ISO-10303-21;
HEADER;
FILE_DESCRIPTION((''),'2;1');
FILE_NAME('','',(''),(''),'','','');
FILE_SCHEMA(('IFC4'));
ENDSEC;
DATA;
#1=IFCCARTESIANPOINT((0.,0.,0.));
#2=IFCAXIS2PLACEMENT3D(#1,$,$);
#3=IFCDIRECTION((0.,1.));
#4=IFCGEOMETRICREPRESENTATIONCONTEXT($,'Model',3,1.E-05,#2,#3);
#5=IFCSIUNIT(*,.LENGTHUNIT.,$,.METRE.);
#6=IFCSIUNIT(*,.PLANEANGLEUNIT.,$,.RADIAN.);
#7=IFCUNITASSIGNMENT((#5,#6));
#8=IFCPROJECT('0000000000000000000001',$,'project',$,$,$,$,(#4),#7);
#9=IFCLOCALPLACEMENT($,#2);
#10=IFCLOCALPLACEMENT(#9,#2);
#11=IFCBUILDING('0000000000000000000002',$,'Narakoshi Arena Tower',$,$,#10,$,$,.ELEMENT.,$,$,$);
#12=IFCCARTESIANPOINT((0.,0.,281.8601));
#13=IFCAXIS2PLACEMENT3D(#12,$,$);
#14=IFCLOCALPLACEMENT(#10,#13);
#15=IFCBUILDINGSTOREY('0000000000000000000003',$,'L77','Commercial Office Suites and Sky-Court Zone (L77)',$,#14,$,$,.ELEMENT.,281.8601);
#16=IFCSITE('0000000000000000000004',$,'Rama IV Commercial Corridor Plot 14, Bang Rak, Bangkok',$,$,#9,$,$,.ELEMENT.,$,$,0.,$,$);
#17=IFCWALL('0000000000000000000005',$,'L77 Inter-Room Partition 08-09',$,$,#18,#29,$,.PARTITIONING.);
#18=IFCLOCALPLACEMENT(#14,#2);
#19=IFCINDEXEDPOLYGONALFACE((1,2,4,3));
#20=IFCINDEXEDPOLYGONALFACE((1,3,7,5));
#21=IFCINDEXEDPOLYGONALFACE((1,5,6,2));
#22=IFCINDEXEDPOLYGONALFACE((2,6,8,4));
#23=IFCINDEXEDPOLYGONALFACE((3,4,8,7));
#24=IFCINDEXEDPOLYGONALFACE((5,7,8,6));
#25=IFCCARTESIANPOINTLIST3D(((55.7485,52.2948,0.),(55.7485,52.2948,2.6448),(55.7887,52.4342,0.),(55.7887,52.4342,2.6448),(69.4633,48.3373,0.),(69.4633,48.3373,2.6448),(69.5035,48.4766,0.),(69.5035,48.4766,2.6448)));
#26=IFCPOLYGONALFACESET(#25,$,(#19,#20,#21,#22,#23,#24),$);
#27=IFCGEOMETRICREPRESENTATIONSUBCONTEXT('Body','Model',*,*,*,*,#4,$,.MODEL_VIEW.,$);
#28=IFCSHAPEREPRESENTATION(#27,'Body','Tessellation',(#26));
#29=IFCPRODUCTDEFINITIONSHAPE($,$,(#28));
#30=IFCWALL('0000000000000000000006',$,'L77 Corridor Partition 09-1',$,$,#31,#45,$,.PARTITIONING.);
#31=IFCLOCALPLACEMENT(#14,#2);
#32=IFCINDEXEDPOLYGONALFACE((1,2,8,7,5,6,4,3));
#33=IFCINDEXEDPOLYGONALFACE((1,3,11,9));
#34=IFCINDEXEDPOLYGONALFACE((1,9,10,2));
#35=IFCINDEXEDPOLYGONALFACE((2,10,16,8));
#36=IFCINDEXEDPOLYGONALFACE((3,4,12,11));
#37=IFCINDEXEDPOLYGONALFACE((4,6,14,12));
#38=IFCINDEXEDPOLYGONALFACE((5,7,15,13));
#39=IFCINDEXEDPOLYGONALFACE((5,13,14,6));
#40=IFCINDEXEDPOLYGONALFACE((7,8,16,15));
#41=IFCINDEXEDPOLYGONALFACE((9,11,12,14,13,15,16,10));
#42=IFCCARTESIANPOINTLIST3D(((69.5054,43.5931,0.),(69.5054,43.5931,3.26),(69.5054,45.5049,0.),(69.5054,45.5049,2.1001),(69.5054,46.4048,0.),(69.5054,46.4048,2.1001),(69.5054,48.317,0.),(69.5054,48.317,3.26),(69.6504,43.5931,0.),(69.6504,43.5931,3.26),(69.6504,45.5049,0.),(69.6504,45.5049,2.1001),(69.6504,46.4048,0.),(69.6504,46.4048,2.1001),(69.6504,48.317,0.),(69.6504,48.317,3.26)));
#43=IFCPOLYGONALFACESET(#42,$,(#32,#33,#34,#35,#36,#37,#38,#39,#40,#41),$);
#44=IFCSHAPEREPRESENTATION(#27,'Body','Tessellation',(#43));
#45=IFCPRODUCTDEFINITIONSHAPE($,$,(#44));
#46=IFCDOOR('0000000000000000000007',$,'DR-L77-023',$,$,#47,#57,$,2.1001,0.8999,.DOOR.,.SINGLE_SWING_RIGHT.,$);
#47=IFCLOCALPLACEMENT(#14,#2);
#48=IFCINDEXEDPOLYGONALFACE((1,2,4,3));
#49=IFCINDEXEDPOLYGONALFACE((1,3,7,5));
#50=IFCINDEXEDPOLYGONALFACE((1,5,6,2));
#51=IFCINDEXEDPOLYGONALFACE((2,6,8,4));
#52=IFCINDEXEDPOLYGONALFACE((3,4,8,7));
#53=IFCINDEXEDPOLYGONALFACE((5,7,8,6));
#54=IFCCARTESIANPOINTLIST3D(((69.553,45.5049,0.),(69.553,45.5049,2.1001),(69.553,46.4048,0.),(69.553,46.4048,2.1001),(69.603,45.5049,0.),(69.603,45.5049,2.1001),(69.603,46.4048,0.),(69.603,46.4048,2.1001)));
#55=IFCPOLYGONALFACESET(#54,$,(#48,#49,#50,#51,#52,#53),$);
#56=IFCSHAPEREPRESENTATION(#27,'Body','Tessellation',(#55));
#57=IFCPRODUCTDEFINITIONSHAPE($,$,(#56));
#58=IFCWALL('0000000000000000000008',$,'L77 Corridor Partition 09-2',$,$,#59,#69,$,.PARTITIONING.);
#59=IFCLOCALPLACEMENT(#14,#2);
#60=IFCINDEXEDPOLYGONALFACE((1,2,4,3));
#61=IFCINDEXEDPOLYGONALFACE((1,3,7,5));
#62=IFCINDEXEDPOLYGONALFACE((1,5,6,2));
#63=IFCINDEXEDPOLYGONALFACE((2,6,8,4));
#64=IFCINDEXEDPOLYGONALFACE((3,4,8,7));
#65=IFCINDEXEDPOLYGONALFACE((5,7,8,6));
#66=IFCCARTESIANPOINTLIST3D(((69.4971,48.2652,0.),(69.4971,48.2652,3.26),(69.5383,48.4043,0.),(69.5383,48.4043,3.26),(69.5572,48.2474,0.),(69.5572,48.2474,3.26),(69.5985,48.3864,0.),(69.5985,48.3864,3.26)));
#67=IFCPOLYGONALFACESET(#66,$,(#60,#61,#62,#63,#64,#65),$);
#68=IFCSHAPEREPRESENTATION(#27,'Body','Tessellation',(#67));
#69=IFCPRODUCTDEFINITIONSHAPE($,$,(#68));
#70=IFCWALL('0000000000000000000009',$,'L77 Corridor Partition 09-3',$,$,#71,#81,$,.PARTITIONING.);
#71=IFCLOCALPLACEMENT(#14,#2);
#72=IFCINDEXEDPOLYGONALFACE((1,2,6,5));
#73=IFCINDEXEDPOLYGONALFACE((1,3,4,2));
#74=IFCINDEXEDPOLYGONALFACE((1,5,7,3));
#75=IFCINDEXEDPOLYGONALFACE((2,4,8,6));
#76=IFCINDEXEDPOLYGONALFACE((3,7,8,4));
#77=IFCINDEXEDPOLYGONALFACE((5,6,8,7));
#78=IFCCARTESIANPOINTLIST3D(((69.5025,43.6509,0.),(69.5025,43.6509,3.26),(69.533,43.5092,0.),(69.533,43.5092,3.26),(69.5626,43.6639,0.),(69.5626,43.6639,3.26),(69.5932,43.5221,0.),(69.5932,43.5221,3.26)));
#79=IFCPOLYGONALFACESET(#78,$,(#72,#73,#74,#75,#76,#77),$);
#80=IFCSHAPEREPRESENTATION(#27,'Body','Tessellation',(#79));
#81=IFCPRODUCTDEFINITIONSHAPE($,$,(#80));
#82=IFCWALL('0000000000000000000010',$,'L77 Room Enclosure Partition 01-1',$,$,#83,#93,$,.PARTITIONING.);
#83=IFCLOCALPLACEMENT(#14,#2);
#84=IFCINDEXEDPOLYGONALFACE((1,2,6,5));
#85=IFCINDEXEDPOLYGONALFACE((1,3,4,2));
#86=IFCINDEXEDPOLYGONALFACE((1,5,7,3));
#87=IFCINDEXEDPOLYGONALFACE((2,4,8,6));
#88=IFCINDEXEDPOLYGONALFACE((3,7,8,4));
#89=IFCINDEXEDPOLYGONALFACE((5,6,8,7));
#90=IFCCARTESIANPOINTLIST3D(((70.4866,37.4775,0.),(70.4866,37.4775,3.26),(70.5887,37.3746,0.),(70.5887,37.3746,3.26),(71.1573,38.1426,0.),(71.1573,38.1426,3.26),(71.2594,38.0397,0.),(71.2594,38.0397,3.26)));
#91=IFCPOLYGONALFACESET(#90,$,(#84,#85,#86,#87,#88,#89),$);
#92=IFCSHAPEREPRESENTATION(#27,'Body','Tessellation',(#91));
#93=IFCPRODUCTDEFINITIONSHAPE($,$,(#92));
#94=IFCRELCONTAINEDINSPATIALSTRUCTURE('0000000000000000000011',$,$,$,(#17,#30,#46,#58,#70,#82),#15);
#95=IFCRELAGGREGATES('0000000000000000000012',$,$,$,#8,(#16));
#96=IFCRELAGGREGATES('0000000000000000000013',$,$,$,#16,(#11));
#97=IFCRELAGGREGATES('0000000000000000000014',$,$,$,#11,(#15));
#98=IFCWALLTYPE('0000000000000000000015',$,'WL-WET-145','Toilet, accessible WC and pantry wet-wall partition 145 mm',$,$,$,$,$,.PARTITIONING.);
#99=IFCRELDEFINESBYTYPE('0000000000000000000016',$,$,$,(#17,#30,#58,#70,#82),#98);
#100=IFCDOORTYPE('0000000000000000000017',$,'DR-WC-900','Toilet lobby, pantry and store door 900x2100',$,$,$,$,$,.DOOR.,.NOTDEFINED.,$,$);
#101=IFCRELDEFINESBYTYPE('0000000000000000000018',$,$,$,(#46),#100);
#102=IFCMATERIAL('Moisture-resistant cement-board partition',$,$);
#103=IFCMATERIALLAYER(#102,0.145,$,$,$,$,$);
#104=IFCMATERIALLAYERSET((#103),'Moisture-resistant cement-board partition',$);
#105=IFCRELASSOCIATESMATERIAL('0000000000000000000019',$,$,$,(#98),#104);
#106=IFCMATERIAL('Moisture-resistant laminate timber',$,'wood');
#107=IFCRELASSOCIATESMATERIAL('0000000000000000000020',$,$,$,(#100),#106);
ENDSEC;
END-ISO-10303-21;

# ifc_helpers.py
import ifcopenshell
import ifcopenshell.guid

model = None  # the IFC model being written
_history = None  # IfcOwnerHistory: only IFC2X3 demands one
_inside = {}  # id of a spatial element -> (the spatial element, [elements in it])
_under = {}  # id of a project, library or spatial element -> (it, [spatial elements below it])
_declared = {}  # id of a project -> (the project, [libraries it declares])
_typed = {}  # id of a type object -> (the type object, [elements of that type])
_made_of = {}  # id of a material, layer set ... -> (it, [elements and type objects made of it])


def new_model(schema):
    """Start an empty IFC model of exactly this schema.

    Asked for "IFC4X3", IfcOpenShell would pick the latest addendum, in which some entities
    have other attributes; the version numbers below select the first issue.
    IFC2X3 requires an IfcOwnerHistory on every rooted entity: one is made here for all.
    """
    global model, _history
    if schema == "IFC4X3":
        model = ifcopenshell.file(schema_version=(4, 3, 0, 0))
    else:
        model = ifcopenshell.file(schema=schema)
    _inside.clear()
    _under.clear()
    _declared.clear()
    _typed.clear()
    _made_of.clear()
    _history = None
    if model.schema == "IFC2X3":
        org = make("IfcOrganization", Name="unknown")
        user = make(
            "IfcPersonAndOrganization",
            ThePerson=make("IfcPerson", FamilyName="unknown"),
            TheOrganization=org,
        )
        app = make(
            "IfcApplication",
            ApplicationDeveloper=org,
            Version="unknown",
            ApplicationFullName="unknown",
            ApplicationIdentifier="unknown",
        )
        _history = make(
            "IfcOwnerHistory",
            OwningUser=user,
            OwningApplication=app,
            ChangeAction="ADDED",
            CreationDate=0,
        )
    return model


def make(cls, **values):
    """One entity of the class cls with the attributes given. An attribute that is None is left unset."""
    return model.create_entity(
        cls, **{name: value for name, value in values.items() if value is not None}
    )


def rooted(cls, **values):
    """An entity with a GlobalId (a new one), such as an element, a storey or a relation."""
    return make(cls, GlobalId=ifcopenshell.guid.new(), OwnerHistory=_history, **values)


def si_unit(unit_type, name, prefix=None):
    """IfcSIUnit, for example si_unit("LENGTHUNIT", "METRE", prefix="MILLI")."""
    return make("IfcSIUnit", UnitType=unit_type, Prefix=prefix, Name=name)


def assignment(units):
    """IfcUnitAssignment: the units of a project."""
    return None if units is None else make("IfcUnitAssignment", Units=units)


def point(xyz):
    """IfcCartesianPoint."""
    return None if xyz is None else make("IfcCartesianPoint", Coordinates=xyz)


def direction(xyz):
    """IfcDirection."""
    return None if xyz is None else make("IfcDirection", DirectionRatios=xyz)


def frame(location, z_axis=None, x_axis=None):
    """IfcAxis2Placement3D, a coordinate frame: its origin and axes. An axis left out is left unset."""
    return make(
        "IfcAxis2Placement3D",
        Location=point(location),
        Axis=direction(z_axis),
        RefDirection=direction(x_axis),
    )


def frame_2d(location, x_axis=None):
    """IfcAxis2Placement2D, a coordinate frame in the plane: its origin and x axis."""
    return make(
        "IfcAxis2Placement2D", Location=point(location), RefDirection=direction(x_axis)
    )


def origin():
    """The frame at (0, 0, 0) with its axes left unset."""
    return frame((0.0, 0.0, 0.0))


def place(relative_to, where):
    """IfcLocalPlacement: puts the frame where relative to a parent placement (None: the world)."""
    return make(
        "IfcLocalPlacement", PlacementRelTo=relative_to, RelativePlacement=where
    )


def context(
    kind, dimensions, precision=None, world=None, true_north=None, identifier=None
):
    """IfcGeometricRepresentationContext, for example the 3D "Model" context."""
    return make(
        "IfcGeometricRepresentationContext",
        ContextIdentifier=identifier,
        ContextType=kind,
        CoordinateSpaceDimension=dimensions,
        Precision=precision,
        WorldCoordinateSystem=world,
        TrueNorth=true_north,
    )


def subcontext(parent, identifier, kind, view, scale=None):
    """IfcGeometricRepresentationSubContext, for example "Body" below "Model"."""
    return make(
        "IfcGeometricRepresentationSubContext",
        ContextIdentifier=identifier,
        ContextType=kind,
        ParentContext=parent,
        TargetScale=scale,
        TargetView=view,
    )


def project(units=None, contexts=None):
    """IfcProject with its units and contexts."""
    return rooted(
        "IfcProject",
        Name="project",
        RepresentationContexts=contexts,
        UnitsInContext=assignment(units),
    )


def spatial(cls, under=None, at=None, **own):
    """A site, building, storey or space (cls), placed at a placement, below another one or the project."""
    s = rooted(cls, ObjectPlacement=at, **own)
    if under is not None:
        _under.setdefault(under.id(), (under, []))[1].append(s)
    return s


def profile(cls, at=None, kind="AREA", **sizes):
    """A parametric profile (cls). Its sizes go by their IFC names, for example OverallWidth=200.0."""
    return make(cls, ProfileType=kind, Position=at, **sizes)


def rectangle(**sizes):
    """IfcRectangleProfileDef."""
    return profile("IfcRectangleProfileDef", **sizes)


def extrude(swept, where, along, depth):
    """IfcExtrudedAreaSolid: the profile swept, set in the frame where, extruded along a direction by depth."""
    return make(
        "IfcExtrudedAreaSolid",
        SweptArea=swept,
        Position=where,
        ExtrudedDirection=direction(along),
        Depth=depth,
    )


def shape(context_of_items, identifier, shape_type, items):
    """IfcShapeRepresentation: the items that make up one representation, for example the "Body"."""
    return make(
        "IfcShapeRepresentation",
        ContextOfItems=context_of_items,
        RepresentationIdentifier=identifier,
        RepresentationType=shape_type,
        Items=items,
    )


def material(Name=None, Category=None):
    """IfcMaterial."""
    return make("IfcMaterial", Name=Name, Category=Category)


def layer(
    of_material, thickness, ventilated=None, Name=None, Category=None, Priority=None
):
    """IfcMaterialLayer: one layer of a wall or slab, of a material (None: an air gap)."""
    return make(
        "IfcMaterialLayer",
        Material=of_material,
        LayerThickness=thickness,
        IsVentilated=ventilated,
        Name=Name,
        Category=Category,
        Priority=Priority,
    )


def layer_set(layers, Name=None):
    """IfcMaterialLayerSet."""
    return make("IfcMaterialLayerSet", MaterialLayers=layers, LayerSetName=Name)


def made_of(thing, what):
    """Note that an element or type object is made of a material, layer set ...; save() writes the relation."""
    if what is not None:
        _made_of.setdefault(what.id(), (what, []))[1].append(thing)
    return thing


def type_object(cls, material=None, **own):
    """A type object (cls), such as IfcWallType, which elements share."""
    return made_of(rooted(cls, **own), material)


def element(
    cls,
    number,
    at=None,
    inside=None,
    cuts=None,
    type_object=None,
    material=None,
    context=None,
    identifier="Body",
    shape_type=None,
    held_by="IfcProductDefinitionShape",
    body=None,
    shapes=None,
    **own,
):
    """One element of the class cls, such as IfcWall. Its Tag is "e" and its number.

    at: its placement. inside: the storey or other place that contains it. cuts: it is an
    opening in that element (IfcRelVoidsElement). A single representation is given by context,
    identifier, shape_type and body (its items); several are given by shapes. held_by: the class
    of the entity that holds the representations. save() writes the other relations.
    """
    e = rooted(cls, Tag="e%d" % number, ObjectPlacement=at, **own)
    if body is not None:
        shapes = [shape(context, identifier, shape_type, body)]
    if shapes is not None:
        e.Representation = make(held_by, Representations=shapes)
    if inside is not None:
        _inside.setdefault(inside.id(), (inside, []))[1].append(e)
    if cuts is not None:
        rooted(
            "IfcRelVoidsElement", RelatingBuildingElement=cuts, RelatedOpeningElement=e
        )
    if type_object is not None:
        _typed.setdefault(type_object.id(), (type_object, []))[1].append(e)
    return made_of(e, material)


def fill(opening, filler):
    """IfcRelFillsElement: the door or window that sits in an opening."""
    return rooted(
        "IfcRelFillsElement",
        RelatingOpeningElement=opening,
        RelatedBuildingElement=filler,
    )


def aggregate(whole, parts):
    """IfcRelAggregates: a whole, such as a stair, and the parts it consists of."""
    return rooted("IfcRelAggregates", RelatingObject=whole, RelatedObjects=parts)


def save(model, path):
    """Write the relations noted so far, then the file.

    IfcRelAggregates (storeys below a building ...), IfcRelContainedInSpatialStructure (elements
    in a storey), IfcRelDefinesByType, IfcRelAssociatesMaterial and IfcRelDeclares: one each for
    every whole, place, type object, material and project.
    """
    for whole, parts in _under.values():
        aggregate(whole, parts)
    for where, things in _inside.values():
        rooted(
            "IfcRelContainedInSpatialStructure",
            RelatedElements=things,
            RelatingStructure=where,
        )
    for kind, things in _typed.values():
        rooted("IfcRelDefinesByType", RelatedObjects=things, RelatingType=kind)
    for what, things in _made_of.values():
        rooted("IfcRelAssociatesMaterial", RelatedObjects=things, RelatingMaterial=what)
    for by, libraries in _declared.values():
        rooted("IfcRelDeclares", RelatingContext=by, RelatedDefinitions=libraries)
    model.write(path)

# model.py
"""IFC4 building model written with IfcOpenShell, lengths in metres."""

from ifc_helpers import new_model, si_unit, direction, frame, frame_2d, origin, place, context, subcontext, project, spatial, rectangle, extrude, material, layer, layer_set, type_object, element, fill, save


model = new_model("IFC4")

# Units and contexts
model_context = context("Model", 3, precision=1e-05, world=origin(), true_north=direction((0.0, 1.0)))
body_context = subcontext(model_context, "Body", "Model", "MODEL_VIEW")
ifc_project = project(units=[si_unit("LENGTHUNIT", "METRE"), si_unit("PLANEANGLEUNIT", "RADIAN")], contexts=[model_context])

# Site, building, storey
site_placement = place(None, origin())
site = spatial("IfcSite", under=ifc_project, at=site_placement, Name="Rama IV Commercial Corridor Plot 14, Bang Rak, Bangkok", CompositionType="ELEMENT", RefElevation=0.0)
building_placement = place(site_placement, origin())
building = spatial("IfcBuilding", under=site, at=building_placement, Name="Narakoshi Arena Tower", CompositionType="ELEMENT")
storey_placement = place(building_placement, frame((0.0, 0.0, 281.8601)))
storey = spatial("IfcBuildingStorey", under=building, at=storey_placement, Name="L77", Description="Commercial Office Suites and Sky-Court Zone (L77)", CompositionType="ELEMENT", Elevation=281.8601)

# Shared definitions
ifc_material_1 = material(Name="Moisture-resistant cement-board partition")
ifc_layer_1 = layer(ifc_material_1, 0.145)
ifc_layer_set_1 = layer_set([ifc_layer_1], Name="Moisture-resistant cement-board partition")
wall_type_1 = type_object("IfcWallType", Name="WL-WET-145", Description="Toilet, accessible WC and pantry wet-wall partition 145 mm", PredefinedType="PARTITIONING", material=ifc_layer_set_1)
ifc_material_2 = material(Name="Moisture-resistant laminate timber", Category="wood")
door_type_1 = type_object("IfcDoorType", Name="DR-WC-900", Description="Toilet lobby, pantry and store door 900x2100", OperationType="NOTDEFINED", PredefinedType="DOOR", material=ifc_material_2)

# Wall
wall_1_placement = place(storey_placement, frame((69.4834, 48.407, 0.0), z_axis=(0.0, 0.0, 1.0), x_axis=(-0.960799, 0.277246, 0.0)))
element("IfcWall", 1, at=wall_1_placement, inside=storey, type_object=wall_type_1, Name="L77 Inter-Room Partition 08-09", PredefinedType="PARTITIONING", context=body_context, shape_type="SweptSolid", body=[
    extrude(rectangle(XDim=14.2744, YDim=0.145, at=frame_2d((7.1372, 0.0))), origin(), (0.0, 0.0, 1.0), 2.6448),
])

# Wall, opening, door
wall_2_placement = place(storey_placement, frame((69.5779, 48.3169, 0.0), z_axis=(0.0, 0.0, 1.0), x_axis=(0.0, -1.0, 0.0)))
wall_2 = element("IfcWall", 2, at=wall_2_placement, inside=storey, type_object=wall_type_1, Name="L77 Corridor Partition 09-1", PredefinedType="PARTITIONING", context=body_context, shape_type="SweptSolid", body=[
    extrude(rectangle(XDim=4.7239, YDim=0.145, at=frame_2d((2.3618, 0.0))), origin(), (0.0, 0.0, 1.0), 3.26),
])
opening_1_placement = place(wall_2_placement, frame((1.9121, 0.0, 0.0)))
opening_1 = element("IfcOpeningElement", 3, at=opening_1_placement, cuts=wall_2, PredefinedType="OPENING", context=body_context, shape_type="SweptSolid", body=[
    extrude(rectangle(XDim=0.8999, YDim=2.1001, at=frame_2d((0.45, 1.05))), frame((0.0, 0.0825, 0.0), z_axis=(0.0, -1.0, 0.0), x_axis=(1.0, 0.0, 0.0)), (0.0, 0.0, 1.0), 0.165),
])
door_1_placement = place(opening_1_placement, frame((0.8999, 0.0, 0.0), z_axis=(0.0, 0.0, 1.0), x_axis=(-1.0, 0.0, 0.0)))
door_1 = element("IfcDoor", 4, at=door_1_placement, inside=storey, type_object=door_type_1, Name="DR-L77-023", OperationType="SINGLE_SWING_RIGHT", OverallHeight=2.1001, OverallWidth=0.8999, PredefinedType="DOOR", context=body_context, shape_type="SweptSolid", body=[
    extrude(rectangle(XDim=0.8999, YDim=2.1001, at=frame_2d((0.45, 1.05))), frame((0.0, 0.0249, 0.0), z_axis=(0.0, -1.0, 0.0), x_axis=(1.0, 0.0, 0.0)), (0.0, 0.0, 1.0), 0.05),
])
fill(opening_1, door_1)

# Walls
wall_3_placement = place(storey_placement, frame((69.5178, 48.3347, 0.0), z_axis=(0.0, 0.0, 1.0), x_axis=(0.95868, -0.284486, 0.0)))
element("IfcWall", 5, at=wall_3_placement, inside=storey, type_object=wall_type_1, Name="L77 Corridor Partition 09-2", PredefinedType="PARTITIONING", context=body_context, shape_type="SweptSolid", body=[
    extrude(rectangle(XDim=0.0627, YDim=0.145, at=frame_2d((0.0312, 0.0))), origin(), (0.0, 0.0, 1.0), 3.26),
])
wall_4_placement = place(storey_placement, frame((69.5779, 43.593, 0.0), z_axis=(0.0, 0.0, 1.0), x_axis=(-0.977569, -0.210615, 0.0)))
element("IfcWall", 6, at=wall_4_placement, inside=storey, type_object=wall_type_1, Name="L77 Corridor Partition 09-3", PredefinedType="PARTITIONING", context=body_context, shape_type="SweptSolid", body=[
    extrude(rectangle(XDim=0.0615, YDim=0.145, at=frame_2d((0.0308, 0.0))), origin(), (0.0, 0.0, 1.0), 3.26),
])
wall_5_placement = place(storey_placement, frame((71.2083, 38.0911, 0.0), z_axis=(0.0, 0.0, 1.0), x_axis=(-0.710073, -0.704128, 0.0)))
element("IfcWall", 7, at=wall_5_placement, inside=storey, type_object=wall_type_1, Name="L77 Room Enclosure Partition 01-1", PredefinedType="PARTITIONING", context=body_context, shape_type="SweptSolid", body=[
    extrude(rectangle(XDim=0.9446, YDim=0.145, at=frame_2d((0.4722, 0.0))), origin(), (0.0, 0.0, 1.0), 3.26),
])

save(model, "model.ifc")
